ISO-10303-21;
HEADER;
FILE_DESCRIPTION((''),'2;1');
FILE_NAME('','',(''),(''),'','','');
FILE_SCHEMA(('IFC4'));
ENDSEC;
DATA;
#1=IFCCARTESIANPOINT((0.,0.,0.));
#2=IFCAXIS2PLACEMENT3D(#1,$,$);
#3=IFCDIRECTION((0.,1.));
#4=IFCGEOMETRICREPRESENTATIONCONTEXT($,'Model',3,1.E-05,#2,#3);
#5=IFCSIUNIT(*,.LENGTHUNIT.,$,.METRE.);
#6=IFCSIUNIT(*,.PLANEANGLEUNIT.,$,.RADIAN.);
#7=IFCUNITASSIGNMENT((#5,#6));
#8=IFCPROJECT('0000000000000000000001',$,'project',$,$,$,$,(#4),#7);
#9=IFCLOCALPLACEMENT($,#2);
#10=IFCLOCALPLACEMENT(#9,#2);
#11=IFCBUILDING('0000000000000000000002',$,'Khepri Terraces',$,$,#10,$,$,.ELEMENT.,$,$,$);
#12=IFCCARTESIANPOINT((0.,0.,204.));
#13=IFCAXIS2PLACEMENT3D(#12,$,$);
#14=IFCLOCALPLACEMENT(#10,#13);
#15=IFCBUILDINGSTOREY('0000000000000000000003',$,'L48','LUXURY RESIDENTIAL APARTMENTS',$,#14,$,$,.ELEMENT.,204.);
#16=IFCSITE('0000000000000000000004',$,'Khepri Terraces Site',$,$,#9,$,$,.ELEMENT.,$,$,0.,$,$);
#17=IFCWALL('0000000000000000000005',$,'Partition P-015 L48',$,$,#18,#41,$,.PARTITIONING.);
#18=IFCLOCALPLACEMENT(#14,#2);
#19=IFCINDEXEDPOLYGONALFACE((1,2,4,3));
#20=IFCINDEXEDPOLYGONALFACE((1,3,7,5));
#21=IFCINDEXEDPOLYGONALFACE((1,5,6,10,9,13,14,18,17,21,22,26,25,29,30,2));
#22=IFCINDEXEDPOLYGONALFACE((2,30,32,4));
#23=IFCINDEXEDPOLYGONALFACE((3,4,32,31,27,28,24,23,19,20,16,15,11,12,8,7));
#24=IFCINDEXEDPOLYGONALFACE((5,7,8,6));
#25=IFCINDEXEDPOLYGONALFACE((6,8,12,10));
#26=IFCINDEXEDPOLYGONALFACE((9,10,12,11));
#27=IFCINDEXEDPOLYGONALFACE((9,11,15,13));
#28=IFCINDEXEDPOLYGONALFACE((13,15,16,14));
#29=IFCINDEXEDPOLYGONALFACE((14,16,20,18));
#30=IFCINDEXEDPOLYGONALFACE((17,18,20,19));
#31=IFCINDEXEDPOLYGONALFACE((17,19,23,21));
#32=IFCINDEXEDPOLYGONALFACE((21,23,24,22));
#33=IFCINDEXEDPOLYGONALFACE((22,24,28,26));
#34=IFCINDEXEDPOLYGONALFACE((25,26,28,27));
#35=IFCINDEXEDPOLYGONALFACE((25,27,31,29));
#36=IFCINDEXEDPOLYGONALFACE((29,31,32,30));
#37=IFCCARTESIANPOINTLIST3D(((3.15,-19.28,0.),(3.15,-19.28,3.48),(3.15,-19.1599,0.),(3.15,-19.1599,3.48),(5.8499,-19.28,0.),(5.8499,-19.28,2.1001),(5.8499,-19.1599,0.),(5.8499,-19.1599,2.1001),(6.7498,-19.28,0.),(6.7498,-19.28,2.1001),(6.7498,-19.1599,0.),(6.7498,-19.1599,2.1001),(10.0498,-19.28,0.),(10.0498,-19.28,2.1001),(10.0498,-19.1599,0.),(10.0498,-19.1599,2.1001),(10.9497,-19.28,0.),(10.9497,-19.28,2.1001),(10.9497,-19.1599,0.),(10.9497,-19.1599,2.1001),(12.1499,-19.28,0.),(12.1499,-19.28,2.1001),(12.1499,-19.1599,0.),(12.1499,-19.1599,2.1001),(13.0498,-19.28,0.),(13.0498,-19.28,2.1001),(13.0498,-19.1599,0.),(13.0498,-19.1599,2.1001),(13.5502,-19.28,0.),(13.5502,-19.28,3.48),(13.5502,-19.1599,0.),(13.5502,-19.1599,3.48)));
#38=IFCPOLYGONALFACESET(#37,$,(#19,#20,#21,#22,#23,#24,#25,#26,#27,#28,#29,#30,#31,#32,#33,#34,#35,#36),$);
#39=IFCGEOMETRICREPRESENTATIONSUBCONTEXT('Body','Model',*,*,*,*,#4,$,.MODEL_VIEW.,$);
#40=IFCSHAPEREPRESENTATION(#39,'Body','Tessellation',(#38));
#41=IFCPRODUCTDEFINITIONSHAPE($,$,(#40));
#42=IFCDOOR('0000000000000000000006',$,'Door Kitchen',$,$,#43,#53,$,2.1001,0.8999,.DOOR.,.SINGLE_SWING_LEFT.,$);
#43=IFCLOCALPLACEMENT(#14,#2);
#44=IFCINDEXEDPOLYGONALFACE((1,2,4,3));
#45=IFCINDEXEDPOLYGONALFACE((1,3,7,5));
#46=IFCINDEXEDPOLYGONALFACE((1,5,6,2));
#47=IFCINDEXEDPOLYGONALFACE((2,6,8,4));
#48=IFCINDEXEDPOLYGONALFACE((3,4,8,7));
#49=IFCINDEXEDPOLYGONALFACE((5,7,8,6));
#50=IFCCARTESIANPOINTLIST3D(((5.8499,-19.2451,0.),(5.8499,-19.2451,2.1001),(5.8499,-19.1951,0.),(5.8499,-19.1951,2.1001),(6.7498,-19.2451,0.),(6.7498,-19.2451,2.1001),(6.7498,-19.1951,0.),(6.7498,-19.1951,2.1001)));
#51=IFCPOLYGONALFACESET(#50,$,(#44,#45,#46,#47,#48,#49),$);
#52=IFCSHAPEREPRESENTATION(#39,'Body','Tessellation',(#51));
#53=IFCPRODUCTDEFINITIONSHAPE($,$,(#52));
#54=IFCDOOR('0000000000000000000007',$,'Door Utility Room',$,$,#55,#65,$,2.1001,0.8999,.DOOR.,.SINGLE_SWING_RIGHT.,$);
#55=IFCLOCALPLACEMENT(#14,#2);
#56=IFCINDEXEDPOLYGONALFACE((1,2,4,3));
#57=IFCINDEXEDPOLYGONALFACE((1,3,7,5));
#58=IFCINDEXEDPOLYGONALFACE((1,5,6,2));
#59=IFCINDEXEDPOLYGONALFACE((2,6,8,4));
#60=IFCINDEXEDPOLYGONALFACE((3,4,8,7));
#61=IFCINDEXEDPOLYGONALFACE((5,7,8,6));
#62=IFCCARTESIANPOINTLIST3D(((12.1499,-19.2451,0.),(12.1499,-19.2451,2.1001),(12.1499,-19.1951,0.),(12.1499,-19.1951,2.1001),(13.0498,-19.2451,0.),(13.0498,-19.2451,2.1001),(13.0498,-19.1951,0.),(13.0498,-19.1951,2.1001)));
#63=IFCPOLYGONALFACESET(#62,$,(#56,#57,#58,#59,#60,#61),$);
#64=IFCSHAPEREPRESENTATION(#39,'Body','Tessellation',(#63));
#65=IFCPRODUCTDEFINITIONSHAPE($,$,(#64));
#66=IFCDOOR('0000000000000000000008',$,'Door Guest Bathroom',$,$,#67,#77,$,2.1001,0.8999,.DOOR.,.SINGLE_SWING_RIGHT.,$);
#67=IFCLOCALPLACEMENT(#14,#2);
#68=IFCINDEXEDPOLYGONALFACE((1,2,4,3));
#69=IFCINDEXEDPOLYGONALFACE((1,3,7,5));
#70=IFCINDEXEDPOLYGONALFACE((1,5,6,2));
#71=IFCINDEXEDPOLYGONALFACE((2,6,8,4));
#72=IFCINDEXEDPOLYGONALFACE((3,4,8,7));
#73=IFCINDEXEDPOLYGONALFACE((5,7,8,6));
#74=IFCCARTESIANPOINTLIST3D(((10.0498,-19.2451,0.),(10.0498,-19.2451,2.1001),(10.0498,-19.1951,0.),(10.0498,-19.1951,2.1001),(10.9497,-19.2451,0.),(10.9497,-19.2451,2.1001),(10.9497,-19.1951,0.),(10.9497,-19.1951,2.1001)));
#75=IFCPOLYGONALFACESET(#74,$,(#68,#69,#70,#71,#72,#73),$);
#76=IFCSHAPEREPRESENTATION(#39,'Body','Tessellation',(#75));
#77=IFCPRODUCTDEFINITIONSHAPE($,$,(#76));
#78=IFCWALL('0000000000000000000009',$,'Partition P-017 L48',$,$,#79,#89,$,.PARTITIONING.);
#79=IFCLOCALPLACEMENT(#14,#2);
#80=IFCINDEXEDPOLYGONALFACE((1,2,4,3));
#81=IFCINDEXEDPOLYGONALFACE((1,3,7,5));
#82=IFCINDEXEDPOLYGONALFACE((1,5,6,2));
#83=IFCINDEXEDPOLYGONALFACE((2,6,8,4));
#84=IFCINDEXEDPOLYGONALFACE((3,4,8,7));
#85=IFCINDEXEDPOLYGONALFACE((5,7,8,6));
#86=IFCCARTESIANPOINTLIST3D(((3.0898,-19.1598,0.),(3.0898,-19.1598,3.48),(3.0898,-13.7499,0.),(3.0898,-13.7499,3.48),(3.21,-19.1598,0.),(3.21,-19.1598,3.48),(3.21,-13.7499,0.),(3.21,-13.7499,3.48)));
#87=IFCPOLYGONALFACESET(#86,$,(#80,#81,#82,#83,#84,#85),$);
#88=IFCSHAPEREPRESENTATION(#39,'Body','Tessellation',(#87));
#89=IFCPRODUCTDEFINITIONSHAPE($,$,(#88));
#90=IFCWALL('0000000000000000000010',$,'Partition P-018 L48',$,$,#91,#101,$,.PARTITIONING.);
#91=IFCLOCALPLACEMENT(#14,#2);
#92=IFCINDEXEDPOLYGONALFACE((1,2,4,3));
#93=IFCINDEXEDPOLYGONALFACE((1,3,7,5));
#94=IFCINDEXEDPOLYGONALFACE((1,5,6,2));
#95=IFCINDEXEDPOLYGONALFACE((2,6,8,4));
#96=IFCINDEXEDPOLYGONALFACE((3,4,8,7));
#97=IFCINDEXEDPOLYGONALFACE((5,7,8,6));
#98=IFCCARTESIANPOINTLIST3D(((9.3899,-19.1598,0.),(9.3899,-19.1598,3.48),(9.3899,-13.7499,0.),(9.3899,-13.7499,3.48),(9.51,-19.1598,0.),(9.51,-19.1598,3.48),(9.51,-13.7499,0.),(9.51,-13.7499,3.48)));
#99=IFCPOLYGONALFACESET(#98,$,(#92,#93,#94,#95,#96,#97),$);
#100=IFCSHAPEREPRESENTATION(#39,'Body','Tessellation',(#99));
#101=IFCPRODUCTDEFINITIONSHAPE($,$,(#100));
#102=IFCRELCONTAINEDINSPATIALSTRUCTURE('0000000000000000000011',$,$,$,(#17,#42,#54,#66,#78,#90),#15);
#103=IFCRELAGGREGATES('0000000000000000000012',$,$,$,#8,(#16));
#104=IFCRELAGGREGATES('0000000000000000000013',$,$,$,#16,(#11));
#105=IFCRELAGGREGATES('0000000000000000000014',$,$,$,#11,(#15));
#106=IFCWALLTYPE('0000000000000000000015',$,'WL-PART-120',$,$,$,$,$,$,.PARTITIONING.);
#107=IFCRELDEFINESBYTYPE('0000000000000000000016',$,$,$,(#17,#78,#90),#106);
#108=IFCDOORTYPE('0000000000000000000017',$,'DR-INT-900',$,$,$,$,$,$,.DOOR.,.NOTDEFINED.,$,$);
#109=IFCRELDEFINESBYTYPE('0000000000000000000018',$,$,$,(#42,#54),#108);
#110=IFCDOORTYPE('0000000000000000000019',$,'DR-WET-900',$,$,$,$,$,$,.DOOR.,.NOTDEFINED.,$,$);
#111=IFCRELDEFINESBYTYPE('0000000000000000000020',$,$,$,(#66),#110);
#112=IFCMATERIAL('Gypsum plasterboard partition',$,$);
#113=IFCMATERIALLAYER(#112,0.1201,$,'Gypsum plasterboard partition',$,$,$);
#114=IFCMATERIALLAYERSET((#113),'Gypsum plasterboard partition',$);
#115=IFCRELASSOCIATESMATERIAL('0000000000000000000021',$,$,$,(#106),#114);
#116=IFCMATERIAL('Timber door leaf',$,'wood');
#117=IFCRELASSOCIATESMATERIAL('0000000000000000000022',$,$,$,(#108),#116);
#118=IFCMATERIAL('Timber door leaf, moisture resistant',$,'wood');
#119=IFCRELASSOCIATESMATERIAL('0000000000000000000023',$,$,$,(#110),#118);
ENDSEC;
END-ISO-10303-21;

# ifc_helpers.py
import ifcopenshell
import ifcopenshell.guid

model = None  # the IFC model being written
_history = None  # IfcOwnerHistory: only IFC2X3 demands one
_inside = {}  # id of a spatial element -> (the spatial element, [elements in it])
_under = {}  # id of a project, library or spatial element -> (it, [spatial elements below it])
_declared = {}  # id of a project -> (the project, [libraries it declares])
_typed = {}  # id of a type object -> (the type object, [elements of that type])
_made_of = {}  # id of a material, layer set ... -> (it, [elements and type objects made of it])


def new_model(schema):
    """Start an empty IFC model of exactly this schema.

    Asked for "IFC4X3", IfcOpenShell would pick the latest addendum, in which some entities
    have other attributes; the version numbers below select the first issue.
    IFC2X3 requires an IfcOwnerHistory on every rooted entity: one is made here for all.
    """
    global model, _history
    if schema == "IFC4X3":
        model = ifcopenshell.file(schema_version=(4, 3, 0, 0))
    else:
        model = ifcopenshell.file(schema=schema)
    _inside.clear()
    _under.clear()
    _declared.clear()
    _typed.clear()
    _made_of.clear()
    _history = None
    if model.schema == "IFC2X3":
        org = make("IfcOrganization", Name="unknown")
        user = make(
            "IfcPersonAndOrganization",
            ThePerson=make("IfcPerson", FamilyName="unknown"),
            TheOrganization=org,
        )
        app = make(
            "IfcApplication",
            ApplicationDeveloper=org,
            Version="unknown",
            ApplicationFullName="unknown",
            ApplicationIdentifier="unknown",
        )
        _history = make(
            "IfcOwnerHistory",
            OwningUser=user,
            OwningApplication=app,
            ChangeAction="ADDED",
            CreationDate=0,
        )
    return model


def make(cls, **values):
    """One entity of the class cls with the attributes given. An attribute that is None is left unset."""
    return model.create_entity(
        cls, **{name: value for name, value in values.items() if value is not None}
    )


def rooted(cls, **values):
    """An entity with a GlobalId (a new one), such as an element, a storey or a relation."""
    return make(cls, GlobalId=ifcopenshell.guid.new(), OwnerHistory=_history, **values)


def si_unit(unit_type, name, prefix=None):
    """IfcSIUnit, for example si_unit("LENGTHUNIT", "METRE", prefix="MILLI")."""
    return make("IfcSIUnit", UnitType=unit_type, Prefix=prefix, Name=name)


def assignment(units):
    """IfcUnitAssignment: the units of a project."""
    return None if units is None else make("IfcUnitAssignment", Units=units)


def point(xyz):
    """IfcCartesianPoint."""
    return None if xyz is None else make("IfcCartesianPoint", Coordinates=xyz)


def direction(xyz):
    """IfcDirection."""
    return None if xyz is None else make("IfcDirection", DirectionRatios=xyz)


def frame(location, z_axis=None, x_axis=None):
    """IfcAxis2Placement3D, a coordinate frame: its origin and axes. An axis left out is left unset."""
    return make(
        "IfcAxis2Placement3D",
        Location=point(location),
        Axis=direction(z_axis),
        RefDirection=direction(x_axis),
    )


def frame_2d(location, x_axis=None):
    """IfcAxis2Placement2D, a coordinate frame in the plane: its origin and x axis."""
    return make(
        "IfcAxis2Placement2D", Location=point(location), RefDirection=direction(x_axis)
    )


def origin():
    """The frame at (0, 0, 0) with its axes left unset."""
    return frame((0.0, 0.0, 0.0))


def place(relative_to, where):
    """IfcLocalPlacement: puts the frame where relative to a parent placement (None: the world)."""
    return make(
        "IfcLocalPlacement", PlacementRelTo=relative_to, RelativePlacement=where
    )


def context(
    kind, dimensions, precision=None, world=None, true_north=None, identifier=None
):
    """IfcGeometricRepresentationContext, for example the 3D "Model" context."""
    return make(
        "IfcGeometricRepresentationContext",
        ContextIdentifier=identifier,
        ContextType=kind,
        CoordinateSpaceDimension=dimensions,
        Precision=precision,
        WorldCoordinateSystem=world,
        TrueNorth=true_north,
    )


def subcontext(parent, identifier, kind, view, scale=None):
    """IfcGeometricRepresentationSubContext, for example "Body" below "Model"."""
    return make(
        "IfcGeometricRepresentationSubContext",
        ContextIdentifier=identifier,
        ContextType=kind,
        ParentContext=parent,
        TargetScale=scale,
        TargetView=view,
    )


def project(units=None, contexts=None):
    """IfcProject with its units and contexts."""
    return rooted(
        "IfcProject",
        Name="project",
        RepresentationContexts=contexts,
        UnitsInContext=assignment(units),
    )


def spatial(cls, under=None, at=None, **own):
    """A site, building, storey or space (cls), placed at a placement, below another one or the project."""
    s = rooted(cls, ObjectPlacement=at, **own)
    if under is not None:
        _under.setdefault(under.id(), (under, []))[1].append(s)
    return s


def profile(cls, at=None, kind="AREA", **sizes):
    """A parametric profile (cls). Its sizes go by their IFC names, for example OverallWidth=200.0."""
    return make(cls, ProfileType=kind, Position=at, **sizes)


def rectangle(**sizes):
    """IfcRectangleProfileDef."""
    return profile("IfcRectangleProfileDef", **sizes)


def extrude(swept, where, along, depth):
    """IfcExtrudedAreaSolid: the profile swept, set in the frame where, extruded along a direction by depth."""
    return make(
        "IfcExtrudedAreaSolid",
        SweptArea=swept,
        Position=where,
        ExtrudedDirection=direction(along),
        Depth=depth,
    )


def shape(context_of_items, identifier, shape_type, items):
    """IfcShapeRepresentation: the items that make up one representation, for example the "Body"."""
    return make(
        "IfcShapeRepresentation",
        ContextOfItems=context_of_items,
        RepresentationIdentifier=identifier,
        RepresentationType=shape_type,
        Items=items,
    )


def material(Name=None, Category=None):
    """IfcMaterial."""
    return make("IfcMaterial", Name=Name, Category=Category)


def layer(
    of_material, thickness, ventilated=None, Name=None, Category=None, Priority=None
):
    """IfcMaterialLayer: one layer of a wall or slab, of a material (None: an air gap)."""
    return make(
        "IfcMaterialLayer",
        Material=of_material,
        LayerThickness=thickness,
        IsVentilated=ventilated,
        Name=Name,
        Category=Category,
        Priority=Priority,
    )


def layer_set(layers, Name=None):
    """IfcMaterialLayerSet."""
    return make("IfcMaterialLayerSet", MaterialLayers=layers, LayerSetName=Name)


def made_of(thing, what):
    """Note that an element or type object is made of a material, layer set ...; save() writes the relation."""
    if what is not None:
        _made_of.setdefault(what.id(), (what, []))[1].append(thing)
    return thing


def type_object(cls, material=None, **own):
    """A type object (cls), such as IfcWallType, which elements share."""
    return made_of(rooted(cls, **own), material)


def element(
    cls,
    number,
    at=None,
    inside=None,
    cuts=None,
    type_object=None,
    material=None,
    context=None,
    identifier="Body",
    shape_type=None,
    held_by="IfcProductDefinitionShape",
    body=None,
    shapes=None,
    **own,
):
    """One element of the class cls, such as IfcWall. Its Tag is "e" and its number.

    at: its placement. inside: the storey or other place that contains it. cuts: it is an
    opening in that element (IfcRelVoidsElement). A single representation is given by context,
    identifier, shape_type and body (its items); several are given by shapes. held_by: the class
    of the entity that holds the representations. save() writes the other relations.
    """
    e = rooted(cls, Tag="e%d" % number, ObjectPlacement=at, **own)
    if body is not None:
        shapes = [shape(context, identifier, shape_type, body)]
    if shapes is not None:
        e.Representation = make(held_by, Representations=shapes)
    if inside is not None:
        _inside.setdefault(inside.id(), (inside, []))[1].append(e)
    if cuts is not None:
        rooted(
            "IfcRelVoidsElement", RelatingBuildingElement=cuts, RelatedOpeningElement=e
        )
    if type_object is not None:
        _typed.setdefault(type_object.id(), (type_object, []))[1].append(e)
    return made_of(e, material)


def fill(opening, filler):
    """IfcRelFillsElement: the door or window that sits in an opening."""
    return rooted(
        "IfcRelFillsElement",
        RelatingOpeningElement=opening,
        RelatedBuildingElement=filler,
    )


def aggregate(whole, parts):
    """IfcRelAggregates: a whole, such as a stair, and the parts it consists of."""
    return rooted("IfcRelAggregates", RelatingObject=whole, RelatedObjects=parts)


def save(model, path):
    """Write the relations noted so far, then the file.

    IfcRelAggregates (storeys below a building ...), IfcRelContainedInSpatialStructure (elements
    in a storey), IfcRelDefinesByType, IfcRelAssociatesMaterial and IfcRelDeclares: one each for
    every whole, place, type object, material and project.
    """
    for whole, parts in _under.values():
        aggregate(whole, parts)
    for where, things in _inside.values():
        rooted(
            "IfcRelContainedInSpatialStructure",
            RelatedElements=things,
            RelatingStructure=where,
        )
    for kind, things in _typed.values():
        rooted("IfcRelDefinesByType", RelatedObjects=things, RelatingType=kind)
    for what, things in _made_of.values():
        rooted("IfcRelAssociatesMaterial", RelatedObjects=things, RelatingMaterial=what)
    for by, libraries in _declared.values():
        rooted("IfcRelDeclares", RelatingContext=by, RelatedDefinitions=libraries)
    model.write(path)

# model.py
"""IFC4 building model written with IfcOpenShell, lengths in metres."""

from ifc_helpers import new_model, si_unit, direction, frame, frame_2d, origin, place, context, subcontext, project, spatial, rectangle, extrude, material, layer, layer_set, type_object, element, fill, save


model = new_model("IFC4")

# Units and contexts
model_context = context("Model", 3, precision=1e-05, world=origin(), true_north=direction((0.0, 1.0)))
body_context = subcontext(model_context, "Body", "Model", "MODEL_VIEW")
ifc_project = project(units=[si_unit("LENGTHUNIT", "METRE"), si_unit("PLANEANGLEUNIT", "RADIAN")], contexts=[model_context])

# Site, building, storey
site_placement = place(None, origin())
site = spatial("IfcSite", under=ifc_project, at=site_placement, Name="Khepri Terraces Site", CompositionType="ELEMENT", RefElevation=0.0)
building_placement = place(site_placement, origin())
building = spatial("IfcBuilding", under=site, at=building_placement, Name="Khepri Terraces", CompositionType="ELEMENT")
storey_placement = place(building_placement, frame((0.0, 0.0, 204.0)))
storey = spatial("IfcBuildingStorey", under=building, at=storey_placement, Name="L48", Description="LUXURY RESIDENTIAL APARTMENTS", CompositionType="ELEMENT", Elevation=204.0)

# Shared definitions
ifc_material_1 = material(Name="Gypsum plasterboard partition")
ifc_layer_1 = layer(ifc_material_1, 0.1201, Name="Gypsum plasterboard partition")
ifc_layer_set_1 = layer_set([ifc_layer_1], Name="Gypsum plasterboard partition")
wall_type_1 = type_object("IfcWallType", Name="WL-PART-120", PredefinedType="PARTITIONING", material=ifc_layer_set_1)

# Shared definitions
ifc_material_2 = material(Name="Timber door leaf", Category="wood")
door_type_1 = type_object("IfcDoorType", Name="DR-INT-900", OperationType="NOTDEFINED", PredefinedType="DOOR", material=ifc_material_2)

# Wall, openings, doors
wall_1_placement = place(storey_placement, frame((3.1499, -19.22, 0.0), z_axis=(0.0, 0.0, 1.0), x_axis=(1.0, 0.0, 0.0)))
wall_1 = element("IfcWall", 1, at=wall_1_placement, inside=storey, type_object=wall_type_1, Name="Partition P-015 L48", PredefinedType="PARTITIONING", context=body_context, shape_type="SweptSolid", body=[
    extrude(rectangle(XDim=10.4001, YDim=0.1201, at=frame_2d((5.2002, 0.0))), origin(), (0.0, 0.0, 1.0), 3.48),
])
opening_1_placement = place(wall_1_placement, frame((2.7, 0.0, 0.0)))
opening_1 = element("IfcOpeningElement", 2, at=opening_1_placement, cuts=wall_1, PredefinedType="OPENING", context=body_context, shape_type="SweptSolid", body=[
    extrude(rectangle(XDim=0.8999, YDim=2.1001, at=frame_2d((0.45, 1.05))), frame((0.0, 0.0701, 0.0), z_axis=(0.0, -1.0, 0.0), x_axis=(1.0, 0.0, 0.0)), (0.0, 0.0, 1.0), 0.1401),
])
opening_2_placement = place(wall_1_placement, frame((6.8999, 0.0, 0.0)))
opening_2 = element("IfcOpeningElement", 3, at=opening_2_placement, cuts=wall_1, PredefinedType="OPENING", context=body_context, shape_type="SweptSolid", body=[
    extrude(rectangle(XDim=0.8999, YDim=2.1001, at=frame_2d((0.45, 1.05))), frame((0.0, 0.0701, 0.0), z_axis=(0.0, -1.0, 0.0), x_axis=(1.0, 0.0, 0.0)), (0.0, 0.0, 1.0), 0.1401),
])
opening_3_placement = place(wall_1_placement, frame((9.0, 0.0, 0.0)))
opening_3 = element("IfcOpeningElement", 4, at=opening_3_placement, cuts=wall_1, PredefinedType="OPENING", context=body_context, shape_type="SweptSolid", body=[
    extrude(rectangle(XDim=0.8999, YDim=2.1001, at=frame_2d((0.45, 1.05))), frame((0.0, 0.0701, 0.0), z_axis=(0.0, -1.0, 0.0), x_axis=(1.0, 0.0, 0.0)), (0.0, 0.0, 1.0), 0.1401),
])
door_1_placement = place(opening_1_placement, origin())
door_1 = element("IfcDoor", 5, at=door_1_placement, inside=storey, type_object=door_type_1, Name="Door Kitchen", OperationType="SINGLE_SWING_LEFT", OverallHeight=2.1001, OverallWidth=0.8999, PredefinedType="DOOR", context=body_context, shape_type="SweptSolid", body=[
    extrude(rectangle(XDim=0.8999, YDim=2.1001, at=frame_2d((0.45, 1.05))), frame((0.0, 0.0249, 0.0), z_axis=(0.0, -1.0, 0.0), x_axis=(1.0, 0.0, 0.0)), (0.0, 0.0, 1.0), 0.05),
])
fill(opening_1, door_1)
door_2_placement = place(opening_3_placement, origin())
door_2 = element("IfcDoor", 6, at=door_2_placement, inside=storey, type_object=door_type_1, Name="Door Utility Room", OperationType="SINGLE_SWING_RIGHT", OverallHeight=2.1001, OverallWidth=0.8999, PredefinedType="DOOR", context=body_context, shape_type="SweptSolid", body=[
    extrude(rectangle(XDim=0.8999, YDim=2.1001, at=frame_2d((0.45, 1.05))), frame((0.0, 0.0249, 0.0), z_axis=(0.0, -1.0, 0.0), x_axis=(1.0, 0.0, 0.0)), (0.0, 0.0, 1.0), 0.05),
])
fill(opening_3, door_2)
ifc_material_3 = material(Name="Timber door leaf, moisture resistant", Category="wood")
door_type_2 = type_object("IfcDoorType", Name="DR-WET-900", OperationType="NOTDEFINED", PredefinedType="DOOR", material=ifc_material_3)
door_3_placement = place(opening_2_placement, origin())
door_3 = element("IfcDoor", 7, at=door_3_placement, inside=storey, type_object=door_type_2, Name="Door Guest Bathroom", OperationType="SINGLE_SWING_RIGHT", OverallHeight=2.1001, OverallWidth=0.8999, PredefinedType="DOOR", context=body_context, shape_type="SweptSolid", body=[
    extrude(rectangle(XDim=0.8999, YDim=2.1001, at=frame_2d((0.45, 1.05))), frame((0.0, 0.0249, 0.0), z_axis=(0.0, -1.0, 0.0), x_axis=(1.0, 0.0, 0.0)), (0.0, 0.0, 1.0), 0.05),
])
fill(opening_2, door_3)

# Walls
for number, where, z_axis, x_axis, name in (
    (8, (3.1499, -19.1599, 0.0), (0.0, 0.0, 1.0), (0.0, 1.0, 0.0), "Partition P-017 L48"),
    (9, (9.45, -19.1599, 0.0), (0.0, 0.0, 1.0), (0.0, 1.0, 0.0), "Partition P-018 L48"),
):
    element("IfcWall", number, at=place(storey_placement, frame(where, z_axis=z_axis, x_axis=x_axis)), inside=storey, type_object=wall_type_1, Name=name, PredefinedType="PARTITIONING", context=body_context, shape_type="SweptSolid", body=[
        extrude(rectangle(XDim=5.4099, YDim=0.1201, at=frame_2d((2.7051, 0.0))), origin(), (0.0, 0.0, 1.0), 3.48),
    ])

save(model, "model.ifc")
